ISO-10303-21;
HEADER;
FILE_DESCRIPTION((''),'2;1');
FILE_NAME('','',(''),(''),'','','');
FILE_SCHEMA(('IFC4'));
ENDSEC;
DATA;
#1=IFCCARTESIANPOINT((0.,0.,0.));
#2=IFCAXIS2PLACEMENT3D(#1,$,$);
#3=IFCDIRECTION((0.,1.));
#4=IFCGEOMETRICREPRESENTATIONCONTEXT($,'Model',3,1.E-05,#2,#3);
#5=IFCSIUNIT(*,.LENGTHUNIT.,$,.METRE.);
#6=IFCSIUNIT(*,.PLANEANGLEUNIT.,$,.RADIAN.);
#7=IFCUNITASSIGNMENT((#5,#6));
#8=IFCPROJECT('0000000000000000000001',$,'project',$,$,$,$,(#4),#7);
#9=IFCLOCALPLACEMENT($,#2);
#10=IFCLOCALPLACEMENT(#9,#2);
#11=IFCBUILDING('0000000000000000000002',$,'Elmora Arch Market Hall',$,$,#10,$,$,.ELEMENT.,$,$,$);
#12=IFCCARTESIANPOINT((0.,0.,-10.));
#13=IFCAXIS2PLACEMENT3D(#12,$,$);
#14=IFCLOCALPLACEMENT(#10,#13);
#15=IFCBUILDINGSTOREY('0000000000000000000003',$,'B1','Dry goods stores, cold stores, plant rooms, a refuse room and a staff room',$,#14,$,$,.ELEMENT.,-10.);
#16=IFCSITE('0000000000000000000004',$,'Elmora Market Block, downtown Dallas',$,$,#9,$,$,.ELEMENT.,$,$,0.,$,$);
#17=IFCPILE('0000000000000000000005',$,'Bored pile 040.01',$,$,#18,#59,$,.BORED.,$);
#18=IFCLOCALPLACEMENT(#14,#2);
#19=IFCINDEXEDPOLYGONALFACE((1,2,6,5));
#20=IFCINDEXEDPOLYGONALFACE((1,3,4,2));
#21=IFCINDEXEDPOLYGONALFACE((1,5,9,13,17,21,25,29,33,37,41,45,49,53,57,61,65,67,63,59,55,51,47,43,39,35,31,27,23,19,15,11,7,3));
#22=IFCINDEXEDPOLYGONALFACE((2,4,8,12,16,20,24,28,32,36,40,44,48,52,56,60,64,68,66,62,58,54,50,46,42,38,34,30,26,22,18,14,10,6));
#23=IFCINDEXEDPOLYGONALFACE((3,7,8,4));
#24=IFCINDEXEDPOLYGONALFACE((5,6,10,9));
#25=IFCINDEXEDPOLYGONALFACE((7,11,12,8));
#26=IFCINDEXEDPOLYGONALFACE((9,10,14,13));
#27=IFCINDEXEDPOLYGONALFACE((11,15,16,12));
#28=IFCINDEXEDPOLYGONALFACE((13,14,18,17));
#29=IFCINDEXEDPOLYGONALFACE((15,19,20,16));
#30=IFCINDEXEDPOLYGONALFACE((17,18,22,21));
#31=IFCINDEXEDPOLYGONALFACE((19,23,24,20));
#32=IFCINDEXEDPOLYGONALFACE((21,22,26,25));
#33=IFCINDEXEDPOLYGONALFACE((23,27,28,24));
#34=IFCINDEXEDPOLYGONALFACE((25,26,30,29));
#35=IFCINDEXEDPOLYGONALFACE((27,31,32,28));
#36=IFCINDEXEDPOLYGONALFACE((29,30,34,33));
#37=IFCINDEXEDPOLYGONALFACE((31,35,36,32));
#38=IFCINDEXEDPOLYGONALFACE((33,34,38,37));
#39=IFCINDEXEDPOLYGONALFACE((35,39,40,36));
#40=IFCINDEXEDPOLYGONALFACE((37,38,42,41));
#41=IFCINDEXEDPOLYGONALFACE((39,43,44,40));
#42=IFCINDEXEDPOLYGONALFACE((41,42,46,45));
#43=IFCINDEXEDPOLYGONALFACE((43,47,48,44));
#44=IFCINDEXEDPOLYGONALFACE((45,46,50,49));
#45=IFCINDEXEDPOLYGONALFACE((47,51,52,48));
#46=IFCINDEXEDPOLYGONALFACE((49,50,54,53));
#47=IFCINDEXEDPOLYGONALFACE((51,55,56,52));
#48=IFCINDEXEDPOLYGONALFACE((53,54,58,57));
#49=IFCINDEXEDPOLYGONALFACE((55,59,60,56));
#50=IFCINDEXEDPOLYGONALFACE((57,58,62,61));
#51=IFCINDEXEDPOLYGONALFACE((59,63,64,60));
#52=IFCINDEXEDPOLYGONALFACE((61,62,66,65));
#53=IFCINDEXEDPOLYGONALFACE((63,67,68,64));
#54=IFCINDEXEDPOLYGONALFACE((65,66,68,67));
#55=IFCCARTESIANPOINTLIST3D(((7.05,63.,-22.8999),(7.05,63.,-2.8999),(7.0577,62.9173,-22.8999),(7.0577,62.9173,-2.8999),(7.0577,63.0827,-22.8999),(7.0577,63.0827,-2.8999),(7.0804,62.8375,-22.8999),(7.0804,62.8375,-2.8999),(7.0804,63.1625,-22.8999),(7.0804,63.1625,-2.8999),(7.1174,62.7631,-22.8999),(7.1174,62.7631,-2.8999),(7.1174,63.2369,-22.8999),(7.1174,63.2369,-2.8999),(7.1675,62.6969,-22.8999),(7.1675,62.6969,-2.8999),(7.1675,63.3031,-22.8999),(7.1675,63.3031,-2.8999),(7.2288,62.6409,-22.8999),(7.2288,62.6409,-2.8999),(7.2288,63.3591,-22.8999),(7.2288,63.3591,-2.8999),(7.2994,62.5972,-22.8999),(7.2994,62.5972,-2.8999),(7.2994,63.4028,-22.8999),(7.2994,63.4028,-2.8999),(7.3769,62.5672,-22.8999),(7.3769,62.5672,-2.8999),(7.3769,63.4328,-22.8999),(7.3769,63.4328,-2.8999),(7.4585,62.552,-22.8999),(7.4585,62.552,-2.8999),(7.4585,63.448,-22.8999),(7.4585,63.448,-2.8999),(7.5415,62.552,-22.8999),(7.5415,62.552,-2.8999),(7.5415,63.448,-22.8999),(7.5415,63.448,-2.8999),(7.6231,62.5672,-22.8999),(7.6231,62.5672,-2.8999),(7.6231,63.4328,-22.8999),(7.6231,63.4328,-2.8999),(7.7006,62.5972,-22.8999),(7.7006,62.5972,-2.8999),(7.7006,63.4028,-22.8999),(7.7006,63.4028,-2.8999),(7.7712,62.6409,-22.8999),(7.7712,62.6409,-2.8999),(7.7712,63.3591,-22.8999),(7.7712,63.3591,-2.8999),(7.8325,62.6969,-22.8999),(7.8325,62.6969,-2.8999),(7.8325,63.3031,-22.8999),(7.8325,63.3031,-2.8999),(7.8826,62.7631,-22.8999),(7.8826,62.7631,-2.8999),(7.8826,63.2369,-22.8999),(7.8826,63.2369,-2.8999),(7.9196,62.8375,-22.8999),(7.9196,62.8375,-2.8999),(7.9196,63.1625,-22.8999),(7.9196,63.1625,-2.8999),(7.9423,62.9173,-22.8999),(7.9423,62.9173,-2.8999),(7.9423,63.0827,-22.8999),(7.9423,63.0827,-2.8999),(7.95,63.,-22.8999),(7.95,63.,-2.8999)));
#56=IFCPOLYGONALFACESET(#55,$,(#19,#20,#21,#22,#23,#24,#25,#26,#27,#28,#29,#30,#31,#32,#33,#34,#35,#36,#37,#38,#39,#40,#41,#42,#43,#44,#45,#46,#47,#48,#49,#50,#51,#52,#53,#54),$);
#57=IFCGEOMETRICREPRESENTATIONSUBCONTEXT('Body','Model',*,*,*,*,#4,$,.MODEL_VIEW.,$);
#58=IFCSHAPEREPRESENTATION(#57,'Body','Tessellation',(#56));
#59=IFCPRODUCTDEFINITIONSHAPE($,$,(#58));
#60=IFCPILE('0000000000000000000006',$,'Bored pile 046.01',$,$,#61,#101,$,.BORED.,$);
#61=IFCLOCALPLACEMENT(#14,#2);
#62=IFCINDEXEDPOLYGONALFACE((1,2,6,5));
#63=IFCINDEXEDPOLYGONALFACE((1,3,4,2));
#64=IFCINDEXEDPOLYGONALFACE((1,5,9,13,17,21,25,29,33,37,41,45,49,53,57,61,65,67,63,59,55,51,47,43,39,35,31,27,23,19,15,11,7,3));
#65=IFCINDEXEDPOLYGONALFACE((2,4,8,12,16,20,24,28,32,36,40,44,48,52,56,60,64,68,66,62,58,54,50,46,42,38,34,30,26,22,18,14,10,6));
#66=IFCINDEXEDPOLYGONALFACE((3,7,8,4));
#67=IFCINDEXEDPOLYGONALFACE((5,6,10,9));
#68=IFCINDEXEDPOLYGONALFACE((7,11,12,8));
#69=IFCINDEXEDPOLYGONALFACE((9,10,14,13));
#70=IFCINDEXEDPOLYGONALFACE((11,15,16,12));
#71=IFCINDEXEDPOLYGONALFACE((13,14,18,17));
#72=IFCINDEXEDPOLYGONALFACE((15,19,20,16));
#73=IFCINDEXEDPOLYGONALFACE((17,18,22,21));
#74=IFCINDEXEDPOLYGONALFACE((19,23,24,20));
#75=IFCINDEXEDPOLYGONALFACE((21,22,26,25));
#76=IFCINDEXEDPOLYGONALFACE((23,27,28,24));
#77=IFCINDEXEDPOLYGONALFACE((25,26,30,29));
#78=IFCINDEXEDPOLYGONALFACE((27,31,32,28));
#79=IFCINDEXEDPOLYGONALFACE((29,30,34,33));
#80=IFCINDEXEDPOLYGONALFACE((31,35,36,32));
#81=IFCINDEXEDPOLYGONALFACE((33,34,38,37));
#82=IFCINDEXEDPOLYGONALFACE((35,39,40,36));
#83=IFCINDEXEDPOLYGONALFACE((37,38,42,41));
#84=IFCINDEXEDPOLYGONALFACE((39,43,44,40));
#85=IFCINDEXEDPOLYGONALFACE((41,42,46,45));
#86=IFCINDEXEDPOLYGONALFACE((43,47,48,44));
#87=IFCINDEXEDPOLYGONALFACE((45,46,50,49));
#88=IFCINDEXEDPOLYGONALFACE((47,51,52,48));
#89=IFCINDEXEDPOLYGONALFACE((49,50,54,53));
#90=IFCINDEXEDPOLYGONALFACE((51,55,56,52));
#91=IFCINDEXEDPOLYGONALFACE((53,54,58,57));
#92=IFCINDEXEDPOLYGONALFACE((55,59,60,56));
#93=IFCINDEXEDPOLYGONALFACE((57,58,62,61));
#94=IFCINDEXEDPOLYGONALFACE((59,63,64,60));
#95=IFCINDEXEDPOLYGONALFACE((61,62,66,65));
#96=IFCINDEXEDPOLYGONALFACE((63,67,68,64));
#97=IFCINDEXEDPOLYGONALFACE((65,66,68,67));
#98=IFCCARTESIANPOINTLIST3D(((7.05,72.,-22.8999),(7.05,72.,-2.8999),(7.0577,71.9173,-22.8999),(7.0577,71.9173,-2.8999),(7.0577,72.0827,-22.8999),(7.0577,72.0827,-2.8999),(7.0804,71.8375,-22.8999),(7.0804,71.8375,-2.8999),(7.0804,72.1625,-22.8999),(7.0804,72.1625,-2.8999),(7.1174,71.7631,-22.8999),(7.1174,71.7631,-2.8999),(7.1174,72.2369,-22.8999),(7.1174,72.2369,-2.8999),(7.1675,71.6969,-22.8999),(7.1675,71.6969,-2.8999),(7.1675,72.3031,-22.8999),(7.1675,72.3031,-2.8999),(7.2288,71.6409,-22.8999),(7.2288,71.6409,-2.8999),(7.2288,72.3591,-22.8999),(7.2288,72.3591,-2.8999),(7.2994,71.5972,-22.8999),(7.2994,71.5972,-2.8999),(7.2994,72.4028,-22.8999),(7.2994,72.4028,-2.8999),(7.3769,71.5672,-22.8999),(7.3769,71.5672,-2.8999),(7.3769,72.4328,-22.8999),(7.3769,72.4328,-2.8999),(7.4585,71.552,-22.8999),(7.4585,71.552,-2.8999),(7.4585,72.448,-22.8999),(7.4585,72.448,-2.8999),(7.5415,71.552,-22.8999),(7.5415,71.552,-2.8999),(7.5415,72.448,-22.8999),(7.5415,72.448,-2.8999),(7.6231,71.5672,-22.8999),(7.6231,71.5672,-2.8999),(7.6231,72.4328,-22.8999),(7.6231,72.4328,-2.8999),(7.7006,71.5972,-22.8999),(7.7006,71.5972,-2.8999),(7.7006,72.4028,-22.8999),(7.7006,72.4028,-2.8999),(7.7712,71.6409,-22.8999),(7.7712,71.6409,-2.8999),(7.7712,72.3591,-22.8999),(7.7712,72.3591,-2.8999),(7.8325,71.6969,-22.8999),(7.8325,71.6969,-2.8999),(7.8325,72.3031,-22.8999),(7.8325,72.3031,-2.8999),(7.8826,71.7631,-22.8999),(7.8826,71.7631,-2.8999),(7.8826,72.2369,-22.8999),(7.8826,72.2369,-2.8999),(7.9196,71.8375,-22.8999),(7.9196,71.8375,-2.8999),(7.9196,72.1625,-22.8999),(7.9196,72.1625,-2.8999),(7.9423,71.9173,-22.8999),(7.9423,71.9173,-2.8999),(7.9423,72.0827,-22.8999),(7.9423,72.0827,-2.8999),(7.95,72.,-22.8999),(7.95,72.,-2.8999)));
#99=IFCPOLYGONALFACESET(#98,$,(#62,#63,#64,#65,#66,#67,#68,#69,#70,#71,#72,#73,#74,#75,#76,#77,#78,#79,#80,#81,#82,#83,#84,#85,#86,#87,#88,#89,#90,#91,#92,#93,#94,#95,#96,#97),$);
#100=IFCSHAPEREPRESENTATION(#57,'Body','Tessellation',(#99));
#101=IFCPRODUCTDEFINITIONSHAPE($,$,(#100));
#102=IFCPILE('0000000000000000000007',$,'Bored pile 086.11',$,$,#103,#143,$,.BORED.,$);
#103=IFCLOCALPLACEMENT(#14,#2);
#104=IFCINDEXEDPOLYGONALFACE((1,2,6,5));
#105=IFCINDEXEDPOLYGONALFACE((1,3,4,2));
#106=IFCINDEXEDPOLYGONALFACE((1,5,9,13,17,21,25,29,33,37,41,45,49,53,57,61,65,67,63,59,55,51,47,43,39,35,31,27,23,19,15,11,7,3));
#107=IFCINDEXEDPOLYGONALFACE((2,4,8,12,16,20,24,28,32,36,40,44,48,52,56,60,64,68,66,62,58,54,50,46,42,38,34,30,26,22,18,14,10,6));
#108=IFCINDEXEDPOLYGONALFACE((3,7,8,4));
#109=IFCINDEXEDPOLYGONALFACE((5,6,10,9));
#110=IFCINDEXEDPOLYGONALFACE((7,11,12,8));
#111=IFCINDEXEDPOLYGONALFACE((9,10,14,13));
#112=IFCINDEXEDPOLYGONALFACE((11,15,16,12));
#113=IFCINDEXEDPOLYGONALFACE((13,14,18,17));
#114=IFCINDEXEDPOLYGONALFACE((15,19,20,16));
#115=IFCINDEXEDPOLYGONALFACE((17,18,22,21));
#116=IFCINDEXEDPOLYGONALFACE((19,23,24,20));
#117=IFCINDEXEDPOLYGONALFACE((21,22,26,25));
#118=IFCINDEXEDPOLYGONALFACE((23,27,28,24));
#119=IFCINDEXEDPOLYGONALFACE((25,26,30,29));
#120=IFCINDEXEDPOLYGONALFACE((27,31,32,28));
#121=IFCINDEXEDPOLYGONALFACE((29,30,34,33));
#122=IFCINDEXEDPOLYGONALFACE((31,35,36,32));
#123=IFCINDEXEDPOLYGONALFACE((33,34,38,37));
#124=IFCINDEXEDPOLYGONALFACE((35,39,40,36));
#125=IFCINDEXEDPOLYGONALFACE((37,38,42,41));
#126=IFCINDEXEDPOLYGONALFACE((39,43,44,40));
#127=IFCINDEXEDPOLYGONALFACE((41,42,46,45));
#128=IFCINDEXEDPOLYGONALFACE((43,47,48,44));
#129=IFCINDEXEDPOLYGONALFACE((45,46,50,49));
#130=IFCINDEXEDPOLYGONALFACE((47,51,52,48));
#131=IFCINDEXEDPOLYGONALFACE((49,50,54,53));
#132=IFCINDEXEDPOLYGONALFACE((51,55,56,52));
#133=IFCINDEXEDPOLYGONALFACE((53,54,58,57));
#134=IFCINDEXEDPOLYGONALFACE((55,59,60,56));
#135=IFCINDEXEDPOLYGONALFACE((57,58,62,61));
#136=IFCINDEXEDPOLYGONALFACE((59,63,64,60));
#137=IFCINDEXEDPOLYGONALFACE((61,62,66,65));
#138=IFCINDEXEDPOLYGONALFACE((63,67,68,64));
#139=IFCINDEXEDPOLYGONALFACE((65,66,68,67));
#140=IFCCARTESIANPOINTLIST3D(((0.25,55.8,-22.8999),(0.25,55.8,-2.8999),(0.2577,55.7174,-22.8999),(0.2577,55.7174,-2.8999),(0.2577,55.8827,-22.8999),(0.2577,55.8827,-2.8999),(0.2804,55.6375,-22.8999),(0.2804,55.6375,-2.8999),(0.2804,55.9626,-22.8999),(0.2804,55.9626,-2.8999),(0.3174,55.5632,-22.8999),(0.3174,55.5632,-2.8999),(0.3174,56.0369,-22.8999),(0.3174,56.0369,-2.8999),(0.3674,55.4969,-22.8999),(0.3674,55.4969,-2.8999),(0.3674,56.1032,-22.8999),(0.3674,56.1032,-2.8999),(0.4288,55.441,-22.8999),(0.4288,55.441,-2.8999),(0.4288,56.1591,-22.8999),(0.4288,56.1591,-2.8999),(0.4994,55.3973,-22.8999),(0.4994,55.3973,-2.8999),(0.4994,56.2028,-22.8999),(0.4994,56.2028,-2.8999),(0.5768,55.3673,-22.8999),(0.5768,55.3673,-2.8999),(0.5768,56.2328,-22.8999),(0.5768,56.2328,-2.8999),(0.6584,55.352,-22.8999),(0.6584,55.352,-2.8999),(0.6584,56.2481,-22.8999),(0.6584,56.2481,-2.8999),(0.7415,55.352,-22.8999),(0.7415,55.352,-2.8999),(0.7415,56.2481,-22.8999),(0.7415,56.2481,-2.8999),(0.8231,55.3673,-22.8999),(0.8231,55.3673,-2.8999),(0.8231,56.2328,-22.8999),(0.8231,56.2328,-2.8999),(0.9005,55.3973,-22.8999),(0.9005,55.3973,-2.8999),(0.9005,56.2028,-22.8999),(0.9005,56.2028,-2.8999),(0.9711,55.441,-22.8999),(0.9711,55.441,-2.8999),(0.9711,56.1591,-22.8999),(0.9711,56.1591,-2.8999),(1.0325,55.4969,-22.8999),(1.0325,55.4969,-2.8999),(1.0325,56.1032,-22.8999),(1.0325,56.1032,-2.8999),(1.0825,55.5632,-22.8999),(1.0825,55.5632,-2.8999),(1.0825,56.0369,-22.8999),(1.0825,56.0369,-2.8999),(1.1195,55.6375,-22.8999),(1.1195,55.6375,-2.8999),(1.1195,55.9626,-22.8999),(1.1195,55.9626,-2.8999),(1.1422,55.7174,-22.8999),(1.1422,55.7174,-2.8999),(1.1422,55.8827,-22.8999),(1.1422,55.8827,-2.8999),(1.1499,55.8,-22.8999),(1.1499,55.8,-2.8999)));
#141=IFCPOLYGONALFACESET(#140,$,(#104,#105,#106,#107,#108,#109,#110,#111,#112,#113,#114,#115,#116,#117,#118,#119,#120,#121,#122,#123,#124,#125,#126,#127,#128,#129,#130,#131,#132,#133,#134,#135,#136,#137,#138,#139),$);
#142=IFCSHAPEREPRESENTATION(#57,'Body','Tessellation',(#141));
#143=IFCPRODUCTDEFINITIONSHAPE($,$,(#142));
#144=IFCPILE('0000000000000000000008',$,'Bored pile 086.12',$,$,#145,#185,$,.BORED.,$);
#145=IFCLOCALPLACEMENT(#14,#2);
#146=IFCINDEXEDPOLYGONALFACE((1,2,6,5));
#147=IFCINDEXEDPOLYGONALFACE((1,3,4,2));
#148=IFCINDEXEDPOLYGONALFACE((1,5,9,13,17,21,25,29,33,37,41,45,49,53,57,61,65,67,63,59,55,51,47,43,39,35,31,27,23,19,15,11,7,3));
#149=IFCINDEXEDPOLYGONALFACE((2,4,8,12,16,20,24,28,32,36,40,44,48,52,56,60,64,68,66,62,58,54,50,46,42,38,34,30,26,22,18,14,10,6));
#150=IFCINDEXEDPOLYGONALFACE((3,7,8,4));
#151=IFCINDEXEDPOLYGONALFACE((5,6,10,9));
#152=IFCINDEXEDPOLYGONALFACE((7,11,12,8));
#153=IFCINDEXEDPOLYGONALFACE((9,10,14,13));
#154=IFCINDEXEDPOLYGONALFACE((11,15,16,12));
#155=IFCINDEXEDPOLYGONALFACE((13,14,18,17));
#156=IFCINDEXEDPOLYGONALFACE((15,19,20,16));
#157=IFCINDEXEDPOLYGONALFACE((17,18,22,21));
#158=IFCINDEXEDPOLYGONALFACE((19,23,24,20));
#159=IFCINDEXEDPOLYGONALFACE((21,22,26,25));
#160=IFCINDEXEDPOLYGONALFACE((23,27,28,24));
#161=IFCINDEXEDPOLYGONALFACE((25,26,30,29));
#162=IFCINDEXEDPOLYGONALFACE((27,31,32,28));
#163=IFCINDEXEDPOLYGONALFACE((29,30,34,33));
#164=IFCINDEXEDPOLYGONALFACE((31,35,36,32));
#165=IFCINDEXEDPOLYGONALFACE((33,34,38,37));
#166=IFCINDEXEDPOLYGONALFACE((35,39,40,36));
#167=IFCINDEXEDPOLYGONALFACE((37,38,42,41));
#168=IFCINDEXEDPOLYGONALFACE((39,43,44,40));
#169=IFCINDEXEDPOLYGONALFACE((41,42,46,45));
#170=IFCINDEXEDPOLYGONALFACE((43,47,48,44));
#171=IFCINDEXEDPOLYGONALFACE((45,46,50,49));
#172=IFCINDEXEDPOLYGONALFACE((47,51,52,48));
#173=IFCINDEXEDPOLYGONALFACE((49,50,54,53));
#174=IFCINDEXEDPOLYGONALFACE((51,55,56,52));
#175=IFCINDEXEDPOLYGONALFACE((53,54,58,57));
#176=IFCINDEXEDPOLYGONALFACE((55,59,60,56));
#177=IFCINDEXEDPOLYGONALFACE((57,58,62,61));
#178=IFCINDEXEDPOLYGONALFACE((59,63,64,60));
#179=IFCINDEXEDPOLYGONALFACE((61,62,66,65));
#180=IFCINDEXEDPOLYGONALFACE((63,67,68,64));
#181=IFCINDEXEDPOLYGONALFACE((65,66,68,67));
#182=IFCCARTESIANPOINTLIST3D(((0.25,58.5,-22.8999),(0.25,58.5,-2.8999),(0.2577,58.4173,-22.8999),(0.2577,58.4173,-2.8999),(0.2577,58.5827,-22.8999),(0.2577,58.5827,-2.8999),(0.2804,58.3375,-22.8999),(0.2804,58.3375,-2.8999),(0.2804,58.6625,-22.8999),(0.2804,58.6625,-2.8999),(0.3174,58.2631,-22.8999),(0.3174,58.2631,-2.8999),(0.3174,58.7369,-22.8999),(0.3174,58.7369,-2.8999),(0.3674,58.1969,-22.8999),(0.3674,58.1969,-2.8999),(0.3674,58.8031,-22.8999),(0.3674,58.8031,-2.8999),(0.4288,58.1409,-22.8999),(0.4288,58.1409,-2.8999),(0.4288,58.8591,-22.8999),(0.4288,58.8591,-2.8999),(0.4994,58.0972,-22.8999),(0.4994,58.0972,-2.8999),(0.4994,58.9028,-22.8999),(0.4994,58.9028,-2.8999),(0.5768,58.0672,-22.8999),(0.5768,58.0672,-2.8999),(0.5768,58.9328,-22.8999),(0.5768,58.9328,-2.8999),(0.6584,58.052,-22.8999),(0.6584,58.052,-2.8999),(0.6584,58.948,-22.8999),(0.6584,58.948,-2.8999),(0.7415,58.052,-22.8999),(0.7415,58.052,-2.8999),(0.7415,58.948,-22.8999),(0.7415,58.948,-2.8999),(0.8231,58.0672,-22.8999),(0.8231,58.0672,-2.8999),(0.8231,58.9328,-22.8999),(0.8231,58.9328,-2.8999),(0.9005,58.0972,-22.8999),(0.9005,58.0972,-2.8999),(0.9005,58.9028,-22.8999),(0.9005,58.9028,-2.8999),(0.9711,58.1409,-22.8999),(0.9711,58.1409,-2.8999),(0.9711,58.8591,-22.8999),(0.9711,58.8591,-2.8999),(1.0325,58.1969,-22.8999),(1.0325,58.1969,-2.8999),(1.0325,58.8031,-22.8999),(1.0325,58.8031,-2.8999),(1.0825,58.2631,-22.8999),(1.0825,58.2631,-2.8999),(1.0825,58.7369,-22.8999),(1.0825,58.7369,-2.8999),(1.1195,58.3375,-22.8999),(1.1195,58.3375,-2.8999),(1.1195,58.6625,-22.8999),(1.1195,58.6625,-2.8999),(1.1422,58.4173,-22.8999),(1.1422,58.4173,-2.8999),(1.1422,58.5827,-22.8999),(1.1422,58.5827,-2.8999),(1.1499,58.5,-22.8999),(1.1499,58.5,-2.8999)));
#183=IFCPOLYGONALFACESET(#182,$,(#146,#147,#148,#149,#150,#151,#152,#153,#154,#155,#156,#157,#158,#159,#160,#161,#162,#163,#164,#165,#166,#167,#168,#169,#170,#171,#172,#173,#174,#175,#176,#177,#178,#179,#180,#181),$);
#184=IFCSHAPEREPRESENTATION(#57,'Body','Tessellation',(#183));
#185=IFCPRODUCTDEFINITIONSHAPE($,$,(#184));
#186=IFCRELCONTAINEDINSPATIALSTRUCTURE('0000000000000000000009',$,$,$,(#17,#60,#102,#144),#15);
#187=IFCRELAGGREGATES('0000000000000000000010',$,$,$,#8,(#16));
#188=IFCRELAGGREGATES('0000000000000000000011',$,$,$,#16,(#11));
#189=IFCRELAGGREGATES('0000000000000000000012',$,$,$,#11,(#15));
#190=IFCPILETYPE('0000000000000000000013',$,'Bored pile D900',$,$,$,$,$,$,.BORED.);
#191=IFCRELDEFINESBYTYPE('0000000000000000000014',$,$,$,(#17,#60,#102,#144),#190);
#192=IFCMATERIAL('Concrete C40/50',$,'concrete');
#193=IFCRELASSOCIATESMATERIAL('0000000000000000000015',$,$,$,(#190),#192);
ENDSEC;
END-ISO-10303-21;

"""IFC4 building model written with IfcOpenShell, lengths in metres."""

from ifc_helpers import new_model, si_unit, direction, frame, origin, origin_2d, place, context, subcontext, project, spatial, circle, extrude, material, material_profile, profile_set, type_object, element, save


model = new_model("IFC4")

# Units and contexts
model_context = context("Model", 3, precision=1e-05, world=origin(), true_north=direction((0.0, 1.0)))
body_context = subcontext(model_context, "Body", "Model", "MODEL_VIEW")
ifc_project = project(units=[si_unit("LENGTHUNIT", "METRE"), si_unit("PLANEANGLEUNIT", "RADIAN")], contexts=[model_context])

# Site, building, storey
site_placement = place(None, origin())
site = spatial("IfcSite", under=ifc_project, at=site_placement, Name="Elmora Market Block, downtown Dallas", CompositionType="ELEMENT", RefElevation=0.0)
building_placement = place(site_placement, origin())
building = spatial("IfcBuilding", under=site, at=building_placement, Name="Elmora Arch Market Hall", CompositionType="ELEMENT")
storey_placement = place(building_placement, frame((0.0, 0.0, -10.0)))
storey = spatial("IfcBuildingStorey", under=building, at=storey_placement, Name="B1", Description="Dry goods stores, cold stores, plant rooms, a refuse room and a staff room", CompositionType="ELEMENT", Elevation=-10.0)

# Piles
ifc_material_1 = material(Name="Concrete C40/50", Category="concrete")
ifc_material_profile_1 = material_profile(ifc_material_1, circle(Radius=0.45, at=origin_2d()), Name="Bored pile D900")
ifc_profile_set_1 = profile_set([ifc_material_profile_1], Name="Concrete C40/50")
pile_type = type_object("IfcPileType", Name="Bored pile D900", PredefinedType="BORED", material=ifc_profile_set_1)
for number, where, z_axis, x_axis, name in (
    (1, (7.5, 63.0, -2.8999), (0.0, 0.0, -1.0), (1.0, 0.0, 0.0), "Bored pile 040.01"),
    (2, (7.5, 72.0, -2.8999), (0.0, 0.0, -1.0), (1.0, 0.0, 0.0), "Bored pile 046.01"),
    (3, (0.7, 55.8, -2.8999), (0.0, 0.0, -1.0), (1.0, 0.0, 0.0), "Bored pile 086.11"),
    (4, (0.7, 58.5, -2.8999), (0.0, 0.0, -1.0), (1.0, 0.0, 0.0), "Bored pile 086.12"),
):
    element("IfcPile", number, at=place(storey_placement, frame(where, z_axis=z_axis, x_axis=x_axis)), inside=storey, type_object=pile_type, Name=name, PredefinedType="BORED", context=body_context, shape_type="SweptSolid", body=[
        extrude(circle(Radius=0.45, at=origin_2d()), origin(), (0.0, 0.0, 1.0), 20.0),
    ])

save(model, "model.ifc")
